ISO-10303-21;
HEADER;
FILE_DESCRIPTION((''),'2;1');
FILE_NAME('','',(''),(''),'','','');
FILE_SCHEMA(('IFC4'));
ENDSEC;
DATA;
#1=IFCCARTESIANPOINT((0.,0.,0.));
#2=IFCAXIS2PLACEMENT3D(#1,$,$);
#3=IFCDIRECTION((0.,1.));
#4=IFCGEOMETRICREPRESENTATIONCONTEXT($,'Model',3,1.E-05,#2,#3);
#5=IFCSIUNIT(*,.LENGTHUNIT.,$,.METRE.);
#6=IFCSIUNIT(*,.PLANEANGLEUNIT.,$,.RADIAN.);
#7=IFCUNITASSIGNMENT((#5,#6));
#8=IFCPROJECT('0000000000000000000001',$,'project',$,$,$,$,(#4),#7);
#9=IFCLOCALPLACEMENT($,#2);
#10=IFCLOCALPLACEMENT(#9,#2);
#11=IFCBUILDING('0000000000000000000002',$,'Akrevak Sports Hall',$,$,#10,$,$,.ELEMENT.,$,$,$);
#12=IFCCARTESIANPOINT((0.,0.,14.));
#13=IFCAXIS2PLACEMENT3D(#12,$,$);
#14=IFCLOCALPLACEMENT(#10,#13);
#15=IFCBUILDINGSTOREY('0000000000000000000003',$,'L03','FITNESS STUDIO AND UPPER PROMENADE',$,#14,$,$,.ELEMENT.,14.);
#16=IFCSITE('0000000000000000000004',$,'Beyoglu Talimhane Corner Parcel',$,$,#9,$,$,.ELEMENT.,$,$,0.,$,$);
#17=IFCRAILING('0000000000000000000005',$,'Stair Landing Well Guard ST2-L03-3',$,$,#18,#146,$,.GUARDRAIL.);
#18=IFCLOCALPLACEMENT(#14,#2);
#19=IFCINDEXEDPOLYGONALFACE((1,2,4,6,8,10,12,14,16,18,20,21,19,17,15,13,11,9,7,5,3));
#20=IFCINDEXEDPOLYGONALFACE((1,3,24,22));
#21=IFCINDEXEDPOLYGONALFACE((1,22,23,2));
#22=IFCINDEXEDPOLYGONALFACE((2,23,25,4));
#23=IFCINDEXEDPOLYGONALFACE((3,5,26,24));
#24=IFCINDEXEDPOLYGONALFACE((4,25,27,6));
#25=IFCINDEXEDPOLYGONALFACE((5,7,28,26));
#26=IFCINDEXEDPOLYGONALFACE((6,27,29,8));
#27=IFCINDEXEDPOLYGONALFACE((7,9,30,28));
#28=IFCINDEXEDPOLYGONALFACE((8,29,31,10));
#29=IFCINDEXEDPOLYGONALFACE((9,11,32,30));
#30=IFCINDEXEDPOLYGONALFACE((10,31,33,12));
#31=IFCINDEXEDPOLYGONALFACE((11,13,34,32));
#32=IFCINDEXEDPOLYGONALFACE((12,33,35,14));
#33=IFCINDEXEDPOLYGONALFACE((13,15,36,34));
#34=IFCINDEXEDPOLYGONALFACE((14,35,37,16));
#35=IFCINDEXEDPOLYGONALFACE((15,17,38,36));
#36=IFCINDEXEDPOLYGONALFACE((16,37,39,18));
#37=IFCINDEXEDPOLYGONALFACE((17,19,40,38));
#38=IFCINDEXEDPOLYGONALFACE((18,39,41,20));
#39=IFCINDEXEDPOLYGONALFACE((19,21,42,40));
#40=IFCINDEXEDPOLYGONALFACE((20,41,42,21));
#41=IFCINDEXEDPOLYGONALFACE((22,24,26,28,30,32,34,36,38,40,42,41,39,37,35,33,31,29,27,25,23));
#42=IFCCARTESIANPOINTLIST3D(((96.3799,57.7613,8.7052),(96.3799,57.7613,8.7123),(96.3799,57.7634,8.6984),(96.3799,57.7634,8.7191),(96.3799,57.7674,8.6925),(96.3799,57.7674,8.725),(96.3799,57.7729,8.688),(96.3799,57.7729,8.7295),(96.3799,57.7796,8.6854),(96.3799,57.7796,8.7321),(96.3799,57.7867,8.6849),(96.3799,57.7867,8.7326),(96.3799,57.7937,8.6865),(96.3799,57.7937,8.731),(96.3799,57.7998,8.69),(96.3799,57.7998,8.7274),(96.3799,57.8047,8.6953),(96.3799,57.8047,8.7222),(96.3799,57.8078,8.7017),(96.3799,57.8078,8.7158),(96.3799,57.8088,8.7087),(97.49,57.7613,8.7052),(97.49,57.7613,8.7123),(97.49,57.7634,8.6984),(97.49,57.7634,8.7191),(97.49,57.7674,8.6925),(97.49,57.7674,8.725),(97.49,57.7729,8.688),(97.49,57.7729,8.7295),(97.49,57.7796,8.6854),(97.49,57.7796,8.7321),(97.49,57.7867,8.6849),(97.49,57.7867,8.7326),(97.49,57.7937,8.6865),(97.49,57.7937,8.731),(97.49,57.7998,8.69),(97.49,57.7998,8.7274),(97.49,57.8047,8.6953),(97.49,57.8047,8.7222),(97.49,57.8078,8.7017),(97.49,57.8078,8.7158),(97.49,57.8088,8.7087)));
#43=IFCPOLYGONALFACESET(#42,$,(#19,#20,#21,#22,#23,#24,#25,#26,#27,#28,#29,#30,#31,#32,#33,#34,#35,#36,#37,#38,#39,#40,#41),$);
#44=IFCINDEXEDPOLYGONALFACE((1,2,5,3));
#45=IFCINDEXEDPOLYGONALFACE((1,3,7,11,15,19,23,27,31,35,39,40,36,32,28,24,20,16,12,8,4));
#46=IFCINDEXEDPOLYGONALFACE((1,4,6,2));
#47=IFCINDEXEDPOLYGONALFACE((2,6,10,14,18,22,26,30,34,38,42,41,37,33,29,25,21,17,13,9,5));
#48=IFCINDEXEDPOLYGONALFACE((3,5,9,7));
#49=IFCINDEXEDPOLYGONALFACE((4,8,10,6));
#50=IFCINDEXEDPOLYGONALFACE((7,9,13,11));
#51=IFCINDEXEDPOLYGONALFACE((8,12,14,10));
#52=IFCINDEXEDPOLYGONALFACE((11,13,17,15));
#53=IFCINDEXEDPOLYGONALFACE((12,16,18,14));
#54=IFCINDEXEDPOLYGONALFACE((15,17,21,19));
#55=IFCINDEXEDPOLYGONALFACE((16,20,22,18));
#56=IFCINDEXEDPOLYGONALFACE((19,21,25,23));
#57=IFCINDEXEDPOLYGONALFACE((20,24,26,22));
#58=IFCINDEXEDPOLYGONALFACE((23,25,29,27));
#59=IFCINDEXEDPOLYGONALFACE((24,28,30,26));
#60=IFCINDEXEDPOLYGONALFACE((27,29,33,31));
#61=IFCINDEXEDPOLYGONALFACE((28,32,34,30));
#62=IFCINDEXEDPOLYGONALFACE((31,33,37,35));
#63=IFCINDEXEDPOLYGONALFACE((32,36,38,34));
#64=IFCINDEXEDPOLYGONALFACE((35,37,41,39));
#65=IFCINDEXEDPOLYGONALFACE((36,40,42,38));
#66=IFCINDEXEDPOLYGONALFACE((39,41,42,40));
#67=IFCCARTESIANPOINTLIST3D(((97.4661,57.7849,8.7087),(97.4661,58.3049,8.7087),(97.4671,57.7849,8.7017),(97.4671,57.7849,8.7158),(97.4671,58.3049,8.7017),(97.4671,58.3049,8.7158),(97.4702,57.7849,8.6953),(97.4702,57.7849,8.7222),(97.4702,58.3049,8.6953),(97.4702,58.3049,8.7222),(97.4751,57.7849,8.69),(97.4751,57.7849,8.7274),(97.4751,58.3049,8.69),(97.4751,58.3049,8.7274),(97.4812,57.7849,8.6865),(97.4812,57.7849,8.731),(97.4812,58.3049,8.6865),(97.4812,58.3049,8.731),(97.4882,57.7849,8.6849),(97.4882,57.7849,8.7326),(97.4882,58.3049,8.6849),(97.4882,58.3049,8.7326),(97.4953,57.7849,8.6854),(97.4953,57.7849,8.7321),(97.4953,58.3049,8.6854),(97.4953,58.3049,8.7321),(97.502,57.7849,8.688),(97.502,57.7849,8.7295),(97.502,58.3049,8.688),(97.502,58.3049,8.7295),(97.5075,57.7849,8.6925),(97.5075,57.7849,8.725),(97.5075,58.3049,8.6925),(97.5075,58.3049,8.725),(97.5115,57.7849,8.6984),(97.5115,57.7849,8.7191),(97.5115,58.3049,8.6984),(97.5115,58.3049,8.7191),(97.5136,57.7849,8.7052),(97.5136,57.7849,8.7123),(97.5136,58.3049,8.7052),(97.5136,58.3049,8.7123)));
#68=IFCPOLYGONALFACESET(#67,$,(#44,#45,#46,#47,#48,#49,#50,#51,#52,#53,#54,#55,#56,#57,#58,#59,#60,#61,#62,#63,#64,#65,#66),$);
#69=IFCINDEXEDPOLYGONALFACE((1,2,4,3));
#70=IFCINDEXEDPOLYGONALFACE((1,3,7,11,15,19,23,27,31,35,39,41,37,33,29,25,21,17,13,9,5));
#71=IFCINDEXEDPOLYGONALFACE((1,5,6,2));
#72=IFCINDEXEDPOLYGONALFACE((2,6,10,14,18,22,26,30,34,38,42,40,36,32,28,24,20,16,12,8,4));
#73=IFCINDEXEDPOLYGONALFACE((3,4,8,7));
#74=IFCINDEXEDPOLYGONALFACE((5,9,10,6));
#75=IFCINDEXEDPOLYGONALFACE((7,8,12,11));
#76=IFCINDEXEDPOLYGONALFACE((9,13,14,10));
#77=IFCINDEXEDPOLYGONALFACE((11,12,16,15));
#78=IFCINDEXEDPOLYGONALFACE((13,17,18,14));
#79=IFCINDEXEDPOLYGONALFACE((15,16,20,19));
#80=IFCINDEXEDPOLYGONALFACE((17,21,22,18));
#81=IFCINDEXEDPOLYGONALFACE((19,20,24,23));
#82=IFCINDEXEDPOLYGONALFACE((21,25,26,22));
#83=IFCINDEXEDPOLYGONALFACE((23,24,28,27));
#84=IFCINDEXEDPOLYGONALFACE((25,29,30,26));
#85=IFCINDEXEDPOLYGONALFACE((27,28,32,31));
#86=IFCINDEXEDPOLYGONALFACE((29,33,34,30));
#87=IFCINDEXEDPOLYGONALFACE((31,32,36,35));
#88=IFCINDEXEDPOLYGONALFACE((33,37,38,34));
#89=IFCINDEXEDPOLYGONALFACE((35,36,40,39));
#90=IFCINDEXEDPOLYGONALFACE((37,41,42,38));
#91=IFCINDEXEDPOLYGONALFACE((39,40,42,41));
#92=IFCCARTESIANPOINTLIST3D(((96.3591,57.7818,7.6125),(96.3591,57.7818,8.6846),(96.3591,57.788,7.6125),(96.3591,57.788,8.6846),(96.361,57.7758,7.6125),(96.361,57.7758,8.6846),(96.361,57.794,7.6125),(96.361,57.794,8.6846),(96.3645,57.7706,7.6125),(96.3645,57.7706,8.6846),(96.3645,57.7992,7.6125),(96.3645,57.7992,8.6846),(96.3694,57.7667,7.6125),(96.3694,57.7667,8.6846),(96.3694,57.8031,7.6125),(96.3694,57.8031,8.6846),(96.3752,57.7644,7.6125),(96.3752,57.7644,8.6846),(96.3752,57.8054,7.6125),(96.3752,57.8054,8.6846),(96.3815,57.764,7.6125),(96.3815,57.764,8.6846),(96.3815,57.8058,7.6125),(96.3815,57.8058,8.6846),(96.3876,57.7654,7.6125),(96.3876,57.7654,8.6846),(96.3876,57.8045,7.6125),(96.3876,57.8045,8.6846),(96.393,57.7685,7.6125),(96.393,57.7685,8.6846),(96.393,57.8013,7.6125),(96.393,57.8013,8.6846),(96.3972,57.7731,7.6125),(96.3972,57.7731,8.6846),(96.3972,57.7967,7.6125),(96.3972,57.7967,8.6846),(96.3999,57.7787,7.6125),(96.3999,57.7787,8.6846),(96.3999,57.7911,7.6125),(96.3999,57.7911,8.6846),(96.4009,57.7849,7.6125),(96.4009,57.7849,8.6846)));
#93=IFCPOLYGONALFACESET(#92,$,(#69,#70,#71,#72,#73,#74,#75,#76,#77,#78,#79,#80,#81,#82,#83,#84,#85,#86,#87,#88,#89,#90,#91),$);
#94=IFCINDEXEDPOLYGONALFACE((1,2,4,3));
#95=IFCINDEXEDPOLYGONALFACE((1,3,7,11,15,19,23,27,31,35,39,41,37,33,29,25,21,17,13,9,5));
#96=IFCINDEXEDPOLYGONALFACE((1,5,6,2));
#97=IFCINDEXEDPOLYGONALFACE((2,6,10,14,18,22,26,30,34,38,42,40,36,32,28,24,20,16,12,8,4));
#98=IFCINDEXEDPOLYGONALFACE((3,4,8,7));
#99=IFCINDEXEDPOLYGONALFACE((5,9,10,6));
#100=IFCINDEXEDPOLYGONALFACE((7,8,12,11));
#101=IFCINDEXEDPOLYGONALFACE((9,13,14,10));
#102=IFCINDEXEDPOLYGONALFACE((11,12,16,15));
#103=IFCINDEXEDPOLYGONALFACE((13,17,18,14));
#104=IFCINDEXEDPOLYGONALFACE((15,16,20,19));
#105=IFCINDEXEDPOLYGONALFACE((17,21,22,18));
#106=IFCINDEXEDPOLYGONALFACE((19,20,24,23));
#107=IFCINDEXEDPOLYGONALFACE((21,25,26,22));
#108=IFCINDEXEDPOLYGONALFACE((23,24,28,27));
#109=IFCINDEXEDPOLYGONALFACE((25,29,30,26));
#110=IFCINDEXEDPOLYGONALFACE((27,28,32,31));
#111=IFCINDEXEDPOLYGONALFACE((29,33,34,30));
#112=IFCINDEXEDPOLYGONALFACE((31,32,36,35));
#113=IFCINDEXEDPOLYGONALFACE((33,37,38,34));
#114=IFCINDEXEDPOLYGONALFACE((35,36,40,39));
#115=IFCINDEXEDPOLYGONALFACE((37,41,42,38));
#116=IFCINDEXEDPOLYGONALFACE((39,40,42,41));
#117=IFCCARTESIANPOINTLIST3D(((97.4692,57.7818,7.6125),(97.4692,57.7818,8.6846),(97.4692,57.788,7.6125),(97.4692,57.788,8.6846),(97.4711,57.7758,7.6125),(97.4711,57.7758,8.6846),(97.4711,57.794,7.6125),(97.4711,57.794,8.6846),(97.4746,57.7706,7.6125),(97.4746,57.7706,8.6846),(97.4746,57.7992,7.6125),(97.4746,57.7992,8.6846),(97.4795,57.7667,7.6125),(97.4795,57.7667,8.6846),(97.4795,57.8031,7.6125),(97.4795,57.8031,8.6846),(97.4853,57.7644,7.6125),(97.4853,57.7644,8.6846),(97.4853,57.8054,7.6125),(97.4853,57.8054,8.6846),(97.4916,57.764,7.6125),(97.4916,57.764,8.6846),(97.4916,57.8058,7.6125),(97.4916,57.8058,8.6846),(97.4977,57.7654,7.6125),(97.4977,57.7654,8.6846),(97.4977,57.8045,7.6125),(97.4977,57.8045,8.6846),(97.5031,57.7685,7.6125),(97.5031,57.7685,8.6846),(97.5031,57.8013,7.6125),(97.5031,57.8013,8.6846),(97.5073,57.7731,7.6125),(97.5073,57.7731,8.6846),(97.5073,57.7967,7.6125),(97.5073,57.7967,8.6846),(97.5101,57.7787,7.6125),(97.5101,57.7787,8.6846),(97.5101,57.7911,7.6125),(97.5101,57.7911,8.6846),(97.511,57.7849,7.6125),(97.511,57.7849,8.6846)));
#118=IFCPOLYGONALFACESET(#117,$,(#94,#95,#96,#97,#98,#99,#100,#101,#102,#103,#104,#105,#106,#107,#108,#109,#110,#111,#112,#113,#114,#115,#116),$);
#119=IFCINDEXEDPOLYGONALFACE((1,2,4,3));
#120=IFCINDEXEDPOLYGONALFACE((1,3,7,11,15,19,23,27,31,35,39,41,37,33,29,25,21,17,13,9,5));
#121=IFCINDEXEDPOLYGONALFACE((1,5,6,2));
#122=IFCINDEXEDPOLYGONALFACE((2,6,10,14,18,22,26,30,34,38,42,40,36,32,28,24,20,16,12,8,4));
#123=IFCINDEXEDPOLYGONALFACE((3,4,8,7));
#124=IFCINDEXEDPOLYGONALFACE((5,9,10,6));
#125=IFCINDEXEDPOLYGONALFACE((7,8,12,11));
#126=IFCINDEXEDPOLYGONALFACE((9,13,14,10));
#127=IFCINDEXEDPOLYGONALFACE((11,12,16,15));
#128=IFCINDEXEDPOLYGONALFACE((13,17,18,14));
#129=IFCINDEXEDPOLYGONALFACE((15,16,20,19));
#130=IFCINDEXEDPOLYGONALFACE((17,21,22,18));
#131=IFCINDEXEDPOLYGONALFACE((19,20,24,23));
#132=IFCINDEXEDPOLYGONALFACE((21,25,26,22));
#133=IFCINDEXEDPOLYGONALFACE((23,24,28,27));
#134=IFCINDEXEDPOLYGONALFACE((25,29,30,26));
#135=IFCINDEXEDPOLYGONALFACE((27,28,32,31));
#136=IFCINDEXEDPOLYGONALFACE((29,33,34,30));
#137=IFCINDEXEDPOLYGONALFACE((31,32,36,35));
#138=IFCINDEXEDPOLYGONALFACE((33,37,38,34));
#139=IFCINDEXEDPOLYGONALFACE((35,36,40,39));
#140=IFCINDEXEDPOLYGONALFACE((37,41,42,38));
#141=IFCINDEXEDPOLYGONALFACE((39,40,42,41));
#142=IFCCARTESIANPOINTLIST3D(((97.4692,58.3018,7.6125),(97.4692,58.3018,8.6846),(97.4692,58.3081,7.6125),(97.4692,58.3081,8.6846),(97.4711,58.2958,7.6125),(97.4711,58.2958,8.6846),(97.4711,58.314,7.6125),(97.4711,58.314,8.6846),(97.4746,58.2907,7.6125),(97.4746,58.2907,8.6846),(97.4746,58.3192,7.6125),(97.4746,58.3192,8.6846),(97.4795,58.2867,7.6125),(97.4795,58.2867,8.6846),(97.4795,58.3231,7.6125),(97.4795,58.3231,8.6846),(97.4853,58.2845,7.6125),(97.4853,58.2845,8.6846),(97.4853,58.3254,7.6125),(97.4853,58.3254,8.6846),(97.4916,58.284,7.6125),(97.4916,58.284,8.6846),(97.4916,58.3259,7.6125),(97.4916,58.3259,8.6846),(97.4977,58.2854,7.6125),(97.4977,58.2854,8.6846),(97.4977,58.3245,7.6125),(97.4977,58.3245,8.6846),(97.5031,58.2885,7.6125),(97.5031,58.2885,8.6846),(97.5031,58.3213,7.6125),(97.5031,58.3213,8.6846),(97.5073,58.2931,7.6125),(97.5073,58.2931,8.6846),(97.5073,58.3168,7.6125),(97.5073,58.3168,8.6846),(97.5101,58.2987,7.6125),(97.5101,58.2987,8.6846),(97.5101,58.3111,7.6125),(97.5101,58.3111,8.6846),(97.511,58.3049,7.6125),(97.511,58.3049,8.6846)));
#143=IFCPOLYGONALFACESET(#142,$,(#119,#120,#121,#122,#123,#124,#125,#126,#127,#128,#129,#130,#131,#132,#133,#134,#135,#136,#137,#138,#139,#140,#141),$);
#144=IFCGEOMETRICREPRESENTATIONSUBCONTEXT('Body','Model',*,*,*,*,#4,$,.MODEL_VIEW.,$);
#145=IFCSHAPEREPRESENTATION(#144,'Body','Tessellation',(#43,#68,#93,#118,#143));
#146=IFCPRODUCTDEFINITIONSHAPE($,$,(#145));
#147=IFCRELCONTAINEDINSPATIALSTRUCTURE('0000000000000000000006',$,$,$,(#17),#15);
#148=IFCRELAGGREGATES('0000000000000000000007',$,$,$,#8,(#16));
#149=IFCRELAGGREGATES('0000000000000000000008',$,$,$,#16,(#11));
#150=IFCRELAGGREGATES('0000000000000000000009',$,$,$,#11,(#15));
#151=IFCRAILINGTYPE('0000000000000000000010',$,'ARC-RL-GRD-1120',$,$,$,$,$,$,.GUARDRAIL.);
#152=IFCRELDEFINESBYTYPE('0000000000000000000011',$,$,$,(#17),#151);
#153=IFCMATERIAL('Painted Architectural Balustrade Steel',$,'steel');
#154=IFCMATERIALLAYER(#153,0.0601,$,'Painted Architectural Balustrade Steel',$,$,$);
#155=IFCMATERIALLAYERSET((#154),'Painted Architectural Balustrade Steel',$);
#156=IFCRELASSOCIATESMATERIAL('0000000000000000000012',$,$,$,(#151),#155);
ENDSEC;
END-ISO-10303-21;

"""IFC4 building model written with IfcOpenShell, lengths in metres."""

from ifc_helpers import new_model, si_unit, direction, frame, origin, origin_2d, place, context, subcontext, project, spatial, circle, extrude, material, layer, layer_set, type_object, element, save


model = new_model("IFC4")

# Units and contexts
model_context = context("Model", 3, precision=1e-05, world=origin(), true_north=direction((0.0, 1.0)))
body_context = subcontext(model_context, "Body", "Model", "MODEL_VIEW")
ifc_project = project(units=[si_unit("LENGTHUNIT", "METRE"), si_unit("PLANEANGLEUNIT", "RADIAN")], contexts=[model_context])

# Site, building, storey
site_placement = place(None, origin())
site = spatial("IfcSite", under=ifc_project, at=site_placement, Name="Beyoglu Talimhane Corner Parcel", CompositionType="ELEMENT", RefElevation=0.0)
building_placement = place(site_placement, origin())
building = spatial("IfcBuilding", under=site, at=building_placement, Name="Akrevak Sports Hall", CompositionType="ELEMENT")
storey_placement = place(building_placement, frame((0.0, 0.0, 14.0)))
storey = spatial("IfcBuildingStorey", under=building, at=storey_placement, Name="L03", Description="FITNESS STUDIO AND UPPER PROMENADE", CompositionType="ELEMENT", Elevation=14.0)

# Railing
ifc_material_1 = material(Name="Painted Architectural Balustrade Steel", Category="steel")
ifc_layer_1 = layer(ifc_material_1, 0.0601, Name="Painted Architectural Balustrade Steel")
ifc_layer_set_1 = layer_set([ifc_layer_1], Name="Painted Architectural Balustrade Steel")
railing_type_1 = type_object("IfcRailingType", Name="ARC-RL-GRD-1120", PredefinedType="GUARDRAIL", material=ifc_layer_set_1)
railing_1_placement = place(storey_placement, frame((96.3799, 57.7849, 7.6125)))
element("IfcRailing", 1, at=railing_1_placement, inside=storey, type_object=railing_type_1, Name="Stair Landing Well Guard ST2-L03-3", PredefinedType="GUARDRAIL", context=body_context, shape_type="SweptSolid", body=[
    extrude(circle(Radius=0.0239, at=origin_2d()), frame((0.0, 0.0, 1.0962), z_axis=(1.0, 0.0, 0.0), x_axis=(0.0, 1.0, 0.0)), (0.0, 0.0, 1.0), 1.1101),
    extrude(circle(Radius=0.0239, at=origin_2d()), frame((1.1101, 0.0, 1.0962), z_axis=(0.0, 1.0, 0.0), x_axis=(-1.0, 0.0, 0.0)), (0.0, 0.0, 1.0), 0.52),
    extrude(circle(Radius=0.021, at=origin_2d()), origin(), (0.0, 0.0, 1.0), 1.072),
    extrude(circle(Radius=0.021, at=origin_2d()), frame((1.1101, 0.0, 0.0)), (0.0, 0.0, 1.0), 1.072),
    extrude(circle(Radius=0.021, at=origin_2d()), frame((1.1101, 0.52, 0.0)), (0.0, 0.0, 1.0), 1.072),
])

save(model, "model.ifc")
